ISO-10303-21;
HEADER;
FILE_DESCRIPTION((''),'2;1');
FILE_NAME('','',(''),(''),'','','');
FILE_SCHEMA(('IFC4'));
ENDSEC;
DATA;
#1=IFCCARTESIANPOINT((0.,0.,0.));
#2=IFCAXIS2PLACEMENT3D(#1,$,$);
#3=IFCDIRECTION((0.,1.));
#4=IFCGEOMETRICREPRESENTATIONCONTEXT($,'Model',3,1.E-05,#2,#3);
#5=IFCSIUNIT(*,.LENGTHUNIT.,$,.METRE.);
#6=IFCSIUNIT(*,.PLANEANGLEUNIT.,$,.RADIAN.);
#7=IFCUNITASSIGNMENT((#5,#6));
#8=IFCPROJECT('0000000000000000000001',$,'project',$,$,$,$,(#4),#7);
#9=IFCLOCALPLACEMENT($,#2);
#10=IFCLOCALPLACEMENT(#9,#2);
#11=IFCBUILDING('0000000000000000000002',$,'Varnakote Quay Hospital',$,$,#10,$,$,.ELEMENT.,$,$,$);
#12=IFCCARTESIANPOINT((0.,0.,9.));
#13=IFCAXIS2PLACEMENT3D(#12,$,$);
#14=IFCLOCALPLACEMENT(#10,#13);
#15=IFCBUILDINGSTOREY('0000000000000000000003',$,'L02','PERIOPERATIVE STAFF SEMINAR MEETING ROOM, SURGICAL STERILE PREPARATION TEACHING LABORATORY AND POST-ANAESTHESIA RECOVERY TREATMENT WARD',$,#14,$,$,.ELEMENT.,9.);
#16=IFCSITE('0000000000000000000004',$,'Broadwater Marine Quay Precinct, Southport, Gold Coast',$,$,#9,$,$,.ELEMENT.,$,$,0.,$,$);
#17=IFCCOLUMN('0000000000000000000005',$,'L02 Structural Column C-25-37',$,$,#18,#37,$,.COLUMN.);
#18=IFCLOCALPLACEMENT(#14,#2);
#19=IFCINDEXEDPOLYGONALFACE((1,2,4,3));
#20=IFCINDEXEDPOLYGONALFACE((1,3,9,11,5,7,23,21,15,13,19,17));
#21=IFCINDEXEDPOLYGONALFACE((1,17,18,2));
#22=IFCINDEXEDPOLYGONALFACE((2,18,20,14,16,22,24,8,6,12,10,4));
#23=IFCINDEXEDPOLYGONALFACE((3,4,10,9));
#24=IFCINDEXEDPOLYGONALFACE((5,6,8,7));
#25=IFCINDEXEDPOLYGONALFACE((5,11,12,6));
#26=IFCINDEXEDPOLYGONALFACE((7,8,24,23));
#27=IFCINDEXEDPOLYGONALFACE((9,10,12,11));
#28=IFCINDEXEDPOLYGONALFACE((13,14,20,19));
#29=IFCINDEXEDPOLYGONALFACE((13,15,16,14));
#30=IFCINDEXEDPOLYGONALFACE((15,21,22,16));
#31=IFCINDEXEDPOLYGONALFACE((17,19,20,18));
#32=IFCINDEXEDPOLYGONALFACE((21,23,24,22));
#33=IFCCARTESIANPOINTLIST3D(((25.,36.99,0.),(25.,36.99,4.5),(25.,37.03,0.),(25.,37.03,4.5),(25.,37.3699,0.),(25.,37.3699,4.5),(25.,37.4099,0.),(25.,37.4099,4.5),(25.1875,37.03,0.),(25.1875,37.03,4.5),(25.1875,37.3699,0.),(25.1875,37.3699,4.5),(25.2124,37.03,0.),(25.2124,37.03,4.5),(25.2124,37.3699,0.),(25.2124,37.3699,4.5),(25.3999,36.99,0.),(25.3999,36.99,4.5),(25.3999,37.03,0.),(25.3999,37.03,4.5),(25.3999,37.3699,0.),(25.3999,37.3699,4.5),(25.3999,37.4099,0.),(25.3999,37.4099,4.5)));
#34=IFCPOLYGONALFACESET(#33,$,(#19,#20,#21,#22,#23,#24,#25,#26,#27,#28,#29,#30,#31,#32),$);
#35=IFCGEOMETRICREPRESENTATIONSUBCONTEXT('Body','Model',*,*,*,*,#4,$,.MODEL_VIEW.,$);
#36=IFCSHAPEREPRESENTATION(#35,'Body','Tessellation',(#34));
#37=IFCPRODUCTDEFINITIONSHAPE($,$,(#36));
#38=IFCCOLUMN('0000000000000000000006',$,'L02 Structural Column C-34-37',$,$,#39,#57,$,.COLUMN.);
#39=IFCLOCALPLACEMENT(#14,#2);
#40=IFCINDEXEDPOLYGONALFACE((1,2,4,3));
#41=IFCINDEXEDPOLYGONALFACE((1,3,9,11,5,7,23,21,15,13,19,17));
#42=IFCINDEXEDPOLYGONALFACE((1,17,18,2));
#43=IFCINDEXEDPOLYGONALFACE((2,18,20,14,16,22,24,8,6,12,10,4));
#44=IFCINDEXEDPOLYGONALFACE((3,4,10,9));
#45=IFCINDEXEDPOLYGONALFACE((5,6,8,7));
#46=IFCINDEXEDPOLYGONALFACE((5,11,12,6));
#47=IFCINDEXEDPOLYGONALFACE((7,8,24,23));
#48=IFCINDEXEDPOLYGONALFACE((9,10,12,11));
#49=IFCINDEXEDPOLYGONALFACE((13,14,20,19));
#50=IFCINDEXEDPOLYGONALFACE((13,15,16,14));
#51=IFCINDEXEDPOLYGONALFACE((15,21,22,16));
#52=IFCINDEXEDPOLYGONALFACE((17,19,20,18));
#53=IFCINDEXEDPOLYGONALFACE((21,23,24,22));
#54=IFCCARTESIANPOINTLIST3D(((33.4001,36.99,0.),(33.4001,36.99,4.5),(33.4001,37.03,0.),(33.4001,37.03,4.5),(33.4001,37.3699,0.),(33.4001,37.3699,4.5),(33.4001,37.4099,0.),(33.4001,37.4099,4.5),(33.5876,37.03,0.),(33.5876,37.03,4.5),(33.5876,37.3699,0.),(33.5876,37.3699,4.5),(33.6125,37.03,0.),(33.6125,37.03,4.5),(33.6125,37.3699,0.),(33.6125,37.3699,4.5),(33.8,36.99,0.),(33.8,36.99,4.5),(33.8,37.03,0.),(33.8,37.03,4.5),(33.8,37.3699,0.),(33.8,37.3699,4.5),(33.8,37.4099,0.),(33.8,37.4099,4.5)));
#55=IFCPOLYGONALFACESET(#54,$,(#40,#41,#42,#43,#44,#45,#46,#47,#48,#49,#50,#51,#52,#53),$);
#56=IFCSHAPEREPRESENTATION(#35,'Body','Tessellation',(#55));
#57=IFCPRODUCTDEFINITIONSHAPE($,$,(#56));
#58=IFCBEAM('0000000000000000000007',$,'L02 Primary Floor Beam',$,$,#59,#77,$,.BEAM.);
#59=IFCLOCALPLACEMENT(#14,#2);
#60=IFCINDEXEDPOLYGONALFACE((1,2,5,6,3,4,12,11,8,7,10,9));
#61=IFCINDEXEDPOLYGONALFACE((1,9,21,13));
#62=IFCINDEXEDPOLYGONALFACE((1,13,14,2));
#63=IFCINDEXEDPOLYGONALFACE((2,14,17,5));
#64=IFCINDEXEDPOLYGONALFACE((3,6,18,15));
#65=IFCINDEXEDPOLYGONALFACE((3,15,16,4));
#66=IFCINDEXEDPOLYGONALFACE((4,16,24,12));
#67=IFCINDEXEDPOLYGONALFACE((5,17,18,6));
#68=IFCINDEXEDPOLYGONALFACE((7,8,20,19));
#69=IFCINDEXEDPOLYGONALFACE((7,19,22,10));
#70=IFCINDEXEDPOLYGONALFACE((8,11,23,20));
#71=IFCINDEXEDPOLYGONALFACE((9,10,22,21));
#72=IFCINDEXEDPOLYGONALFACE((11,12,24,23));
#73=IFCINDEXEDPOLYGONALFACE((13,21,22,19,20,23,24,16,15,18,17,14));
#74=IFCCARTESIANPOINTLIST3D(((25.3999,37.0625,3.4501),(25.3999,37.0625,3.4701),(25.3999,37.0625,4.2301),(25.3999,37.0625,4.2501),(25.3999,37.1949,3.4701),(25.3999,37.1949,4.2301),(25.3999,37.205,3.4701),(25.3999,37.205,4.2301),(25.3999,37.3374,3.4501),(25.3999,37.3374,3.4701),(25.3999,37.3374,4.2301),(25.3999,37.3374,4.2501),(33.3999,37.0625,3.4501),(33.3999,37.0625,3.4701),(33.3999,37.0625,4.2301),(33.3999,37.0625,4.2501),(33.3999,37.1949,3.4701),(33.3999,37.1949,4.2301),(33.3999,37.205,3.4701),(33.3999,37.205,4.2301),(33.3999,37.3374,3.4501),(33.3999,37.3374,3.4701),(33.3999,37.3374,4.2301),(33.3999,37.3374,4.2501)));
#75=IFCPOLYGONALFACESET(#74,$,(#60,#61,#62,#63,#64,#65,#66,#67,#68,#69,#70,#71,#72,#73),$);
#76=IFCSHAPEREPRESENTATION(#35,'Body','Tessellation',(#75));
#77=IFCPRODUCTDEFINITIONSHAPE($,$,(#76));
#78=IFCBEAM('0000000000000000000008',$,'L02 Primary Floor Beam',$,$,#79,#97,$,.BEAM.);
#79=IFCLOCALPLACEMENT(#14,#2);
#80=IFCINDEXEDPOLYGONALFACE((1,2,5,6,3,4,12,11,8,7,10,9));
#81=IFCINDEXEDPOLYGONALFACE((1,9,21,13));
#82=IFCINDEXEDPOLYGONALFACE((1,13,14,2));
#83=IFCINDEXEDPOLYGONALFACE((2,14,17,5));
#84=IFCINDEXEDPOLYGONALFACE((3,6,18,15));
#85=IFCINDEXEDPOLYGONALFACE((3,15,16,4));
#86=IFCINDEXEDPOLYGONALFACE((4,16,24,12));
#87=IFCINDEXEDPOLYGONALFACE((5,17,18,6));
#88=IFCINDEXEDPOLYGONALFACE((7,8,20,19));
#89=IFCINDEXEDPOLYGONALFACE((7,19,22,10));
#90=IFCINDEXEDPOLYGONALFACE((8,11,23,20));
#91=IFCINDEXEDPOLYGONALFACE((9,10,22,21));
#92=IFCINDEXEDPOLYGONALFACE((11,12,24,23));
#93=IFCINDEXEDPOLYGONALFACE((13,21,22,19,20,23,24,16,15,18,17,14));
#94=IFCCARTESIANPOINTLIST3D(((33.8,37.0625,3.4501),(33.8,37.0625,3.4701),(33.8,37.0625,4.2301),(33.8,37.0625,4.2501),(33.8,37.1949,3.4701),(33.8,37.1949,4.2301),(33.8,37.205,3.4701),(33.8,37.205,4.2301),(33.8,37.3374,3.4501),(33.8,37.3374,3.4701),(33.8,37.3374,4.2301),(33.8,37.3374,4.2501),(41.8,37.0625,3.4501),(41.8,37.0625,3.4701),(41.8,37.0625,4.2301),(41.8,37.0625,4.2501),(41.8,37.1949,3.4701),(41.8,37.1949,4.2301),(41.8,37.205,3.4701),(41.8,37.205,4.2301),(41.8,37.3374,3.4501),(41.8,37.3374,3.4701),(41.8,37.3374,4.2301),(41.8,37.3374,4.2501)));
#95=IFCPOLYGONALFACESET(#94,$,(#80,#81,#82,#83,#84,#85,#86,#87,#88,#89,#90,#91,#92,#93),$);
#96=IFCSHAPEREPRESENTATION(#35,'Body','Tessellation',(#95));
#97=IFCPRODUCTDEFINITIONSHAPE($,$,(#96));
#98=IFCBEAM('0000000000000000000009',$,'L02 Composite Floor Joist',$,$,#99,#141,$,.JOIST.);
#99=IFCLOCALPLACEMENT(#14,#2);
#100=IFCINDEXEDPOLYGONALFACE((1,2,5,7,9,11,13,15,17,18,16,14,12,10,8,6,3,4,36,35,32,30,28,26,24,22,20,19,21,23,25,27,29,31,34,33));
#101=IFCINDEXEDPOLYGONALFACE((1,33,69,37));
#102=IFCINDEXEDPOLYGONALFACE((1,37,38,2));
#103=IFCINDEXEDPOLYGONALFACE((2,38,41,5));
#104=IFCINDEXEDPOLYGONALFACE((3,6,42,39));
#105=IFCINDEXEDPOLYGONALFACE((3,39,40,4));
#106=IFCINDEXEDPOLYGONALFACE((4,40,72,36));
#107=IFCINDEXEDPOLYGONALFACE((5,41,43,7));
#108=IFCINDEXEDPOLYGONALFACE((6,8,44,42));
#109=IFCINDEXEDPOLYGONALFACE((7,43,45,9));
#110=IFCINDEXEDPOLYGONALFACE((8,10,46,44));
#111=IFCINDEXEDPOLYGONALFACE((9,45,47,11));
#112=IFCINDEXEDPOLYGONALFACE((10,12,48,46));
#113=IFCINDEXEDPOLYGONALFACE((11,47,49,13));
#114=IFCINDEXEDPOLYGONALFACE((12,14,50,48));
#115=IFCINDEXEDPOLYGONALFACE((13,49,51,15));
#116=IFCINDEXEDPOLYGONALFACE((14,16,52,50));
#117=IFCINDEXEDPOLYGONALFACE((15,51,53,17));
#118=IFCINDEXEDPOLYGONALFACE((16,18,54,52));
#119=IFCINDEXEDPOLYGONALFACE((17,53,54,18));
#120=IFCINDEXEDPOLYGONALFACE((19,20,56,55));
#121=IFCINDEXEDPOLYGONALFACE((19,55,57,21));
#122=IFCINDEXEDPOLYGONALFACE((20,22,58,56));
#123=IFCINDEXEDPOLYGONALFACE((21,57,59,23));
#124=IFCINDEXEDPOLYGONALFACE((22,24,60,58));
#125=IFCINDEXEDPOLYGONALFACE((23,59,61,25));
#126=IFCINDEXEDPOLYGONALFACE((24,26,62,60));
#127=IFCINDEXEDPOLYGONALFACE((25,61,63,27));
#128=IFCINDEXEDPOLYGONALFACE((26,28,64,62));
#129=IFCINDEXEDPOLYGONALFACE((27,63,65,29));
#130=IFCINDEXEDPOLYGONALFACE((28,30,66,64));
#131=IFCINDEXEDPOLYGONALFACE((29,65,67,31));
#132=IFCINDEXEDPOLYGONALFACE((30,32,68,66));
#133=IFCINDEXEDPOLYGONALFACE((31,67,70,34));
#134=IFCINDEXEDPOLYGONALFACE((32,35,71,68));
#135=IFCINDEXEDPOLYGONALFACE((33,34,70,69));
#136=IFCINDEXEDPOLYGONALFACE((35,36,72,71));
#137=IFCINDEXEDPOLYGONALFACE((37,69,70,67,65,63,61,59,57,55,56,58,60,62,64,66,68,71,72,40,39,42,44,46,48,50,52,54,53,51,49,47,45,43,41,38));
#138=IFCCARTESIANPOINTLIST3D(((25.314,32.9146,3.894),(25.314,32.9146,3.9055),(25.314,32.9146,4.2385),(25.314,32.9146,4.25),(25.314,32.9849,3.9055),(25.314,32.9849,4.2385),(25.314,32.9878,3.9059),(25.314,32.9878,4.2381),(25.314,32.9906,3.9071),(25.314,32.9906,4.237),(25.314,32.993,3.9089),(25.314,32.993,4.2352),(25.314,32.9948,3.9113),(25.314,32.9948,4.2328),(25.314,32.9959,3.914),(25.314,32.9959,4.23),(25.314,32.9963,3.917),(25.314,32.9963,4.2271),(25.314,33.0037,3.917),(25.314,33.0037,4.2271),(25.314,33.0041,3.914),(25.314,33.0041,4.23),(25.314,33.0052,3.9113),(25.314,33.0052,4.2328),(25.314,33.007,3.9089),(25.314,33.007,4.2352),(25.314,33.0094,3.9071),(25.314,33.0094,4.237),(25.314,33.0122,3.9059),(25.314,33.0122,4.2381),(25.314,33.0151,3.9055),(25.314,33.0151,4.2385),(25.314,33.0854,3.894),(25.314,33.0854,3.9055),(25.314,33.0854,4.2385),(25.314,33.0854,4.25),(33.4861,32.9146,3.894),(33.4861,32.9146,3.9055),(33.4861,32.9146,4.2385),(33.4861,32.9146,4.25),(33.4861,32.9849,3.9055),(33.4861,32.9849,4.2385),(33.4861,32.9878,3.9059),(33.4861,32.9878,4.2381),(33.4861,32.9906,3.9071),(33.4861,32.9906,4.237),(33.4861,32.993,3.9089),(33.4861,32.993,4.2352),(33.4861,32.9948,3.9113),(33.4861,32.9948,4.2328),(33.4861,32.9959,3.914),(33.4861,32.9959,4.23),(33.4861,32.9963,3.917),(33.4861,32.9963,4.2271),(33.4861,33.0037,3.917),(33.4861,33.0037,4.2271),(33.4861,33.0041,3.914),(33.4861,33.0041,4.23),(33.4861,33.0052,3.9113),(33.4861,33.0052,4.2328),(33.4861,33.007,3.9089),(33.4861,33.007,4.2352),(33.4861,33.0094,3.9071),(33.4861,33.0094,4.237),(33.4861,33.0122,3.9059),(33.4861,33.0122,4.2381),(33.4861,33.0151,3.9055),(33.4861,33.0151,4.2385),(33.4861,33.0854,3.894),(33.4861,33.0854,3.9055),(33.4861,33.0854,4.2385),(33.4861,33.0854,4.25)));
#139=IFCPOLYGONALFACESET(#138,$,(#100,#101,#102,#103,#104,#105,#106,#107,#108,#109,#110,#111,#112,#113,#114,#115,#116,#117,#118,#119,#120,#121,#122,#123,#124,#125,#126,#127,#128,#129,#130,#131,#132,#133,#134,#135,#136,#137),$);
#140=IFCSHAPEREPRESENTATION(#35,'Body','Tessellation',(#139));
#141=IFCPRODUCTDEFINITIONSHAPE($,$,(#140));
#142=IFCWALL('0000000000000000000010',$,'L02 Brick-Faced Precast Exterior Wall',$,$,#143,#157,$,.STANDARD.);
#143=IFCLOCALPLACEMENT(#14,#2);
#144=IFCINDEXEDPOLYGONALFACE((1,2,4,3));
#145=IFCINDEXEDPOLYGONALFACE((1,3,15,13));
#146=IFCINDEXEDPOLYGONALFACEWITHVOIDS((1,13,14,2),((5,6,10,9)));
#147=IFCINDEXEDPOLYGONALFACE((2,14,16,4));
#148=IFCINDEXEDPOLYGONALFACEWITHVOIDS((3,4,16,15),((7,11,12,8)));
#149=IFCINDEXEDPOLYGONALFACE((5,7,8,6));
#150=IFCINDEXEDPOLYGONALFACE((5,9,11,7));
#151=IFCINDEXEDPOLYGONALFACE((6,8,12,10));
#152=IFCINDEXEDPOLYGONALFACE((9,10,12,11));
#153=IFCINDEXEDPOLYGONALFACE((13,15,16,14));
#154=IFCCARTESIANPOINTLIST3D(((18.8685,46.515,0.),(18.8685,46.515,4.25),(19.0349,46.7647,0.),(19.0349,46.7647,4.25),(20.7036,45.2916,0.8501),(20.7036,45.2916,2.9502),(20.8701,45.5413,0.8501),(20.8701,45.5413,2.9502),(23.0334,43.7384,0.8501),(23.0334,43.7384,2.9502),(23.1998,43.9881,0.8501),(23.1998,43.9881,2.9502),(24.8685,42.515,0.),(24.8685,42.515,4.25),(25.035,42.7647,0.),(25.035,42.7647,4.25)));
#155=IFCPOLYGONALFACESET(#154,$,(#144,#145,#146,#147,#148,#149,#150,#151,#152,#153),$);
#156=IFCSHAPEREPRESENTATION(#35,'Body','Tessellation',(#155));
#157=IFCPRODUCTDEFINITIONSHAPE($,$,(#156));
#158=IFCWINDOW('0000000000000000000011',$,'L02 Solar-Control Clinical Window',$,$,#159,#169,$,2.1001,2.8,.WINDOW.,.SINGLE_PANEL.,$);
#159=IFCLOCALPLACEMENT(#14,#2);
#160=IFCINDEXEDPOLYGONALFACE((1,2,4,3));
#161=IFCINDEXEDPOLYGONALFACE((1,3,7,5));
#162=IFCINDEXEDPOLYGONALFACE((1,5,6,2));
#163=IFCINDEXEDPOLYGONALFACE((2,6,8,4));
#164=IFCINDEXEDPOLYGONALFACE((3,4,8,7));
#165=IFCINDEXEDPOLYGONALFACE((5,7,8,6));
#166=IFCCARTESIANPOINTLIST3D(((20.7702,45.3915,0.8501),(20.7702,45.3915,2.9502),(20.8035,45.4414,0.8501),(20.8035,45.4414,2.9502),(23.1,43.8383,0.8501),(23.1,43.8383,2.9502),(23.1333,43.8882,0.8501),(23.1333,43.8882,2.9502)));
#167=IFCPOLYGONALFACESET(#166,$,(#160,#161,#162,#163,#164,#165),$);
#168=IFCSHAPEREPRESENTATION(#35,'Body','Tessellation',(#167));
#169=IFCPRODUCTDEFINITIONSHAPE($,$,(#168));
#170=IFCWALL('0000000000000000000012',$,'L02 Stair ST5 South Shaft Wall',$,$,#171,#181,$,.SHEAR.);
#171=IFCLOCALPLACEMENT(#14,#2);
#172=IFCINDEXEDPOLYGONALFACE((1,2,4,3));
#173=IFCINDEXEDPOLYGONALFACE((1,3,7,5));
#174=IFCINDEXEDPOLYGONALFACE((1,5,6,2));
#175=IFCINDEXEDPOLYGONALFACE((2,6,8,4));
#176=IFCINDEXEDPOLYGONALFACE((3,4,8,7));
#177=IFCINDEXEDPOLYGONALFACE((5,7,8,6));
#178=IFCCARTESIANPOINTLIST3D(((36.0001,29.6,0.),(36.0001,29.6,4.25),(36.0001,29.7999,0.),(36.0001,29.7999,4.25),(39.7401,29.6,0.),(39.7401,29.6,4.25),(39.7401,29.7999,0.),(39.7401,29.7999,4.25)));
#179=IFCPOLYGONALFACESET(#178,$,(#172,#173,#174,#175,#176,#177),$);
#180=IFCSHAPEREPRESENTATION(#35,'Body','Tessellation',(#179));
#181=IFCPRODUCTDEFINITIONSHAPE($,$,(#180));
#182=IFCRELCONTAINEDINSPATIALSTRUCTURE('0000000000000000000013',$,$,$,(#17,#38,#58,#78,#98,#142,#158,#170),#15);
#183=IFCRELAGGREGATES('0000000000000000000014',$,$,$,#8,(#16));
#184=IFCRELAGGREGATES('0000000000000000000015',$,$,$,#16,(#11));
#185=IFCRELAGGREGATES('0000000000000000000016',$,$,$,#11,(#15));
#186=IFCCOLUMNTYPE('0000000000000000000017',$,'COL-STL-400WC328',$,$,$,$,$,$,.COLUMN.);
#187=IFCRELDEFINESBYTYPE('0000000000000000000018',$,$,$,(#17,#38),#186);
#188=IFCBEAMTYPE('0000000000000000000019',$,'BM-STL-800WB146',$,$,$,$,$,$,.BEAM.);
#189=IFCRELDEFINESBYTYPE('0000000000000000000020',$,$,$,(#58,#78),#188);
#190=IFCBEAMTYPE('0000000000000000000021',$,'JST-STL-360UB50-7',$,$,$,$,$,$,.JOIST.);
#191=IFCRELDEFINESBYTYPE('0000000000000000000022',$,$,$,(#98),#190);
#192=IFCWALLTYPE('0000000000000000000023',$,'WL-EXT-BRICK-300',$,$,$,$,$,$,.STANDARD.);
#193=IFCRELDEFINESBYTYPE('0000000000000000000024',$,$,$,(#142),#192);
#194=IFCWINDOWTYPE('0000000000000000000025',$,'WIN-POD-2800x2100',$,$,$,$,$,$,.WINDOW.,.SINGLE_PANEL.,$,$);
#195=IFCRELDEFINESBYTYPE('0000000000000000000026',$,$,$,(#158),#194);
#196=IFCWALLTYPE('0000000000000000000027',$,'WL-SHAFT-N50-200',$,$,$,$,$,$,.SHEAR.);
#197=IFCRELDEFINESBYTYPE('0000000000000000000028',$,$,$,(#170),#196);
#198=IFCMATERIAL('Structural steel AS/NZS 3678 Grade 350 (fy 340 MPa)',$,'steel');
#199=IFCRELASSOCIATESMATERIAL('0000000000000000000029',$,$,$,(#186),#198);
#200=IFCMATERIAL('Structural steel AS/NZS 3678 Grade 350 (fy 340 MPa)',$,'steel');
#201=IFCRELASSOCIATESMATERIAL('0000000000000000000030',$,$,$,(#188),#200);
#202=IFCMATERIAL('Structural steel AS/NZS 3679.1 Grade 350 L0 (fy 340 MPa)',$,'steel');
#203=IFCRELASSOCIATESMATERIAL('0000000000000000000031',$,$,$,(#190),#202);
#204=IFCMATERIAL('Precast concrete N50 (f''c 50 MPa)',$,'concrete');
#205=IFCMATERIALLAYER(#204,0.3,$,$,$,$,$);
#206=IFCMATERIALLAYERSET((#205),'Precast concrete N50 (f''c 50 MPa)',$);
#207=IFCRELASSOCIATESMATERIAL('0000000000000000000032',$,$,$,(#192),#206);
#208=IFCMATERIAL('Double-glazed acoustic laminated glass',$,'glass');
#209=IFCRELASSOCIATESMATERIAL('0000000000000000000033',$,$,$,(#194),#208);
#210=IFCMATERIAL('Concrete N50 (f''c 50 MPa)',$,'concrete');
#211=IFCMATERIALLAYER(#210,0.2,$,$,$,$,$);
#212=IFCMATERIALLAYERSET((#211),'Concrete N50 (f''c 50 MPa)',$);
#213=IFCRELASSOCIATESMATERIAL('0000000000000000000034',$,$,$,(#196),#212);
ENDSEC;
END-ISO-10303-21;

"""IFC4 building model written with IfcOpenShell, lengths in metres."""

from ifc_helpers import new_model, si_unit, direction, frame, frame_2d, origin, origin_2d, place, context, subcontext, project, spatial, rectangle, i_section, extrude, material, layer, layer_set, material_profile, profile_set, type_object, element, fill, save


model = new_model("IFC4")

# Units and contexts
model_context = context("Model", 3, precision=1e-05, world=origin(), true_north=direction((0.0, 1.0)))
body_context = subcontext(model_context, "Body", "Model", "MODEL_VIEW")
ifc_project = project(units=[si_unit("LENGTHUNIT", "METRE"), si_unit("PLANEANGLEUNIT", "RADIAN")], contexts=[model_context])

# Site, building, storey
site_placement = place(None, origin())
site = spatial("IfcSite", under=ifc_project, at=site_placement, Name="Broadwater Marine Quay Precinct, Southport, Gold Coast", CompositionType="ELEMENT", RefElevation=0.0)
building_placement = place(site_placement, origin())
building = spatial("IfcBuilding", under=site, at=building_placement, Name="Varnakote Quay Hospital", CompositionType="ELEMENT")
storey_placement = place(building_placement, frame((0.0, 0.0, 9.0)))
storey = spatial("IfcBuildingStorey", under=building, at=storey_placement, Name="L02", Description="PERIOPERATIVE STAFF SEMINAR MEETING ROOM, SURGICAL STERILE PREPARATION TEACHING LABORATORY AND POST-ANAESTHESIA RECOVERY TREATMENT WARD", CompositionType="ELEMENT", Elevation=9.0)

# Columns
ifc_material_1 = material(Name="Structural steel AS/NZS 3678 Grade 350 (fy 340 MPa)", Category="steel")
ifc_material_profile_1 = material_profile(ifc_material_1, i_section(OverallWidth=0.3999, OverallDepth=0.4199, WebThickness=0.0249, FlangeThickness=0.04, at=origin_2d()), Name="400WC328")
ifc_profile_set_1 = profile_set([ifc_material_profile_1], Name="Structural steel AS/NZS 3678 Grade 350 (fy 340 MPa)")
column_type = type_object("IfcColumnType", Name="COL-STL-400WC328", PredefinedType="COLUMN", material=ifc_profile_set_1)
for number, where, z_axis, x_axis, name in (
    (1, (25.2, 37.2, 0.0), (0.0, 0.0, 1.0), (1.0, 0.0, 0.0), "L02 Structural Column C-25-37"),
    (2, (33.6001, 37.2, 0.0), (0.0, 0.0, 1.0), (1.0, 0.0, 0.0), "L02 Structural Column C-34-37"),
):
    element("IfcColumn", number, at=place(storey_placement, frame(where, z_axis=z_axis, x_axis=x_axis)), inside=storey, type_object=column_type, Name=name, PredefinedType="COLUMN", context=body_context, shape_type="SweptSolid", body=[
        extrude(i_section(OverallWidth=0.3999, OverallDepth=0.4199, WebThickness=0.0249, FlangeThickness=0.04, at=origin_2d()), origin(), (0.0, 0.0, 1.0), 4.5),
    ])

# Beams
ifc_material_2 = material(Name="Structural steel AS/NZS 3678 Grade 350 (fy 340 MPa)", Category="steel")
ifc_material_profile_2 = material_profile(ifc_material_2, i_section(OverallWidth=0.2749, OverallDepth=0.8, WebThickness=0.01, FlangeThickness=0.02, at=origin_2d()), Name="800WB146")
ifc_profile_set_2 = profile_set([ifc_material_profile_2], Name="Structural steel AS/NZS 3678 Grade 350 (fy 340 MPa)")
beam_type_1 = type_object("IfcBeamType", Name="BM-STL-800WB146", PredefinedType="BEAM", material=ifc_profile_set_2)
for number, where, z_axis, x_axis, name in (
    (3, (25.3999, 37.2, 3.8501), (1.0, 0.0, 0.0), (0.0, 1.0, 0.0), "L02 Primary Floor Beam"),
    (4, (33.8, 37.2, 3.8501), (1.0, 0.0, 0.0), (0.0, 1.0, 0.0), "L02 Primary Floor Beam"),
):
    element("IfcBeam", number, at=place(storey_placement, frame(where, z_axis=z_axis, x_axis=x_axis)), inside=storey, type_object=beam_type_1, Name=name, PredefinedType="BEAM", context=body_context, shape_type="SweptSolid", body=[
        extrude(i_section(OverallWidth=0.2749, OverallDepth=0.8, WebThickness=0.01, FlangeThickness=0.02, at=origin_2d()), origin(), (0.0, 0.0, 1.0), 8.0),
    ])
ifc_material_3 = material(Name="Structural steel AS/NZS 3679.1 Grade 350 L0 (fy 340 MPa)", Category="steel")
ifc_material_profile_3 = material_profile(ifc_material_3, i_section(OverallWidth=0.1709, OverallDepth=0.356, WebThickness=0.0073, FlangeThickness=0.0115, FilletRadius=0.0115, at=origin_2d()), Name="360UB50.7")
ifc_profile_set_3 = profile_set([ifc_material_profile_3], Name="Structural steel AS/NZS 3679.1 Grade 350 L0 (fy 340 MPa)")
beam_type_2 = type_object("IfcBeamType", Name="JST-STL-360UB50-7", PredefinedType="JOIST", material=ifc_profile_set_3)
beam_placement = place(storey_placement, frame((25.314, 33.0, 4.072), z_axis=(1.0, 0.0, 0.0), x_axis=(0.0, 1.0, 0.0)))
element("IfcBeam", 5, at=beam_placement, inside=storey, type_object=beam_type_2, Name="L02 Composite Floor Joist", PredefinedType="JOIST", context=body_context, shape_type="SweptSolid", body=[
    extrude(i_section(OverallWidth=0.1709, OverallDepth=0.356, WebThickness=0.0073, FlangeThickness=0.0115, FilletRadius=0.0115, at=origin_2d()), origin(), (0.0, 0.0, 1.0), 8.1721),
])

# Wall, opening, window
ifc_material_4 = material(Name="Precast concrete N50 (f'c 50 MPa)", Category="concrete")
ifc_layer_1 = layer(ifc_material_4, 0.3)
ifc_layer_set_1 = layer_set([ifc_layer_1], Name="Precast concrete N50 (f'c 50 MPa)")
wall_type_1 = type_object("IfcWallType", Name="WL-EXT-BRICK-300", PredefinedType="STANDARD", material=ifc_layer_set_1)
wall_1_placement = place(storey_placement, frame((24.9517, 42.6399, 0.0), z_axis=(0.0, 0.0, 1.0), x_axis=(-0.83205, 0.5547, 0.0)))
wall_1 = element("IfcWall", 6, at=wall_1_placement, inside=storey, type_object=wall_type_1, Name="L02 Brick-Faced Precast Exterior Wall", PredefinedType="STANDARD", context=body_context, shape_type="SweptSolid", body=[
    extrude(rectangle(XDim=7.2112, YDim=0.3, at=frame_2d((3.6055, 0.0))), origin(), (0.0, 0.0, 1.0), 4.25),
])
opening_1_placement = place(wall_1_placement, frame((2.2056, 0.0, 0.8501)))
opening_1 = element("IfcOpeningElement", 7, at=opening_1_placement, cuts=wall_1, PredefinedType="OPENING", context=body_context, shape_type="SweptSolid", body=[
    extrude(rectangle(XDim=2.8, YDim=2.1001, at=frame_2d((1.3999, 1.05))), frame((0.0, 0.1599, 0.0), z_axis=(0.0, -1.0, 0.0), x_axis=(1.0, 0.0, 0.0)), (0.0, 0.0, 1.0), 0.3201),
])
ifc_material_5 = material(Name="Double-glazed acoustic laminated glass", Category="glass")
window_type = type_object("IfcWindowType", Name="WIN-POD-2800x2100", PartitioningType="SINGLE_PANEL", PredefinedType="WINDOW", material=ifc_material_5)
window_placement = place(opening_1_placement, origin())
window = element("IfcWindow", 8, at=window_placement, inside=storey, type_object=window_type, Name="L02 Solar-Control Clinical Window", OverallHeight=2.1001, OverallWidth=2.8, PartitioningType="SINGLE_PANEL", PredefinedType="WINDOW", context=body_context, shape_type="SweptSolid", body=[
    extrude(rectangle(XDim=2.8, YDim=2.1001, at=frame_2d((1.3999, 1.05))), frame((0.0, 0.03, 0.0), z_axis=(0.0, -1.0, 0.0), x_axis=(1.0, 0.0, 0.0)), (0.0, 0.0, 1.0), 0.0601),
])
fill(opening_1, window)

# Wall
ifc_material_6 = material(Name="Concrete N50 (f'c 50 MPa)", Category="concrete")
ifc_layer_2 = layer(ifc_material_6, 0.2)
ifc_layer_set_2 = layer_set([ifc_layer_2], Name="Concrete N50 (f'c 50 MPa)")
wall_type_2 = type_object("IfcWallType", Name="WL-SHAFT-N50-200", PredefinedType="SHEAR", material=ifc_layer_set_2)
wall_2_placement = place(storey_placement, frame((36.0, 29.7, 0.0), z_axis=(0.0, 0.0, 1.0), x_axis=(1.0, 0.0, 0.0)))
element("IfcWall", 9, at=wall_2_placement, inside=storey, type_object=wall_type_2, Name="L02 Stair ST5 South Shaft Wall", PredefinedType="SHEAR", context=body_context, shape_type="SweptSolid", body=[
    extrude(rectangle(XDim=3.74, YDim=0.2, at=frame_2d((1.8701, 0.0))), origin(), (0.0, 0.0, 1.0), 4.25),
])

save(model, "model.ifc")
